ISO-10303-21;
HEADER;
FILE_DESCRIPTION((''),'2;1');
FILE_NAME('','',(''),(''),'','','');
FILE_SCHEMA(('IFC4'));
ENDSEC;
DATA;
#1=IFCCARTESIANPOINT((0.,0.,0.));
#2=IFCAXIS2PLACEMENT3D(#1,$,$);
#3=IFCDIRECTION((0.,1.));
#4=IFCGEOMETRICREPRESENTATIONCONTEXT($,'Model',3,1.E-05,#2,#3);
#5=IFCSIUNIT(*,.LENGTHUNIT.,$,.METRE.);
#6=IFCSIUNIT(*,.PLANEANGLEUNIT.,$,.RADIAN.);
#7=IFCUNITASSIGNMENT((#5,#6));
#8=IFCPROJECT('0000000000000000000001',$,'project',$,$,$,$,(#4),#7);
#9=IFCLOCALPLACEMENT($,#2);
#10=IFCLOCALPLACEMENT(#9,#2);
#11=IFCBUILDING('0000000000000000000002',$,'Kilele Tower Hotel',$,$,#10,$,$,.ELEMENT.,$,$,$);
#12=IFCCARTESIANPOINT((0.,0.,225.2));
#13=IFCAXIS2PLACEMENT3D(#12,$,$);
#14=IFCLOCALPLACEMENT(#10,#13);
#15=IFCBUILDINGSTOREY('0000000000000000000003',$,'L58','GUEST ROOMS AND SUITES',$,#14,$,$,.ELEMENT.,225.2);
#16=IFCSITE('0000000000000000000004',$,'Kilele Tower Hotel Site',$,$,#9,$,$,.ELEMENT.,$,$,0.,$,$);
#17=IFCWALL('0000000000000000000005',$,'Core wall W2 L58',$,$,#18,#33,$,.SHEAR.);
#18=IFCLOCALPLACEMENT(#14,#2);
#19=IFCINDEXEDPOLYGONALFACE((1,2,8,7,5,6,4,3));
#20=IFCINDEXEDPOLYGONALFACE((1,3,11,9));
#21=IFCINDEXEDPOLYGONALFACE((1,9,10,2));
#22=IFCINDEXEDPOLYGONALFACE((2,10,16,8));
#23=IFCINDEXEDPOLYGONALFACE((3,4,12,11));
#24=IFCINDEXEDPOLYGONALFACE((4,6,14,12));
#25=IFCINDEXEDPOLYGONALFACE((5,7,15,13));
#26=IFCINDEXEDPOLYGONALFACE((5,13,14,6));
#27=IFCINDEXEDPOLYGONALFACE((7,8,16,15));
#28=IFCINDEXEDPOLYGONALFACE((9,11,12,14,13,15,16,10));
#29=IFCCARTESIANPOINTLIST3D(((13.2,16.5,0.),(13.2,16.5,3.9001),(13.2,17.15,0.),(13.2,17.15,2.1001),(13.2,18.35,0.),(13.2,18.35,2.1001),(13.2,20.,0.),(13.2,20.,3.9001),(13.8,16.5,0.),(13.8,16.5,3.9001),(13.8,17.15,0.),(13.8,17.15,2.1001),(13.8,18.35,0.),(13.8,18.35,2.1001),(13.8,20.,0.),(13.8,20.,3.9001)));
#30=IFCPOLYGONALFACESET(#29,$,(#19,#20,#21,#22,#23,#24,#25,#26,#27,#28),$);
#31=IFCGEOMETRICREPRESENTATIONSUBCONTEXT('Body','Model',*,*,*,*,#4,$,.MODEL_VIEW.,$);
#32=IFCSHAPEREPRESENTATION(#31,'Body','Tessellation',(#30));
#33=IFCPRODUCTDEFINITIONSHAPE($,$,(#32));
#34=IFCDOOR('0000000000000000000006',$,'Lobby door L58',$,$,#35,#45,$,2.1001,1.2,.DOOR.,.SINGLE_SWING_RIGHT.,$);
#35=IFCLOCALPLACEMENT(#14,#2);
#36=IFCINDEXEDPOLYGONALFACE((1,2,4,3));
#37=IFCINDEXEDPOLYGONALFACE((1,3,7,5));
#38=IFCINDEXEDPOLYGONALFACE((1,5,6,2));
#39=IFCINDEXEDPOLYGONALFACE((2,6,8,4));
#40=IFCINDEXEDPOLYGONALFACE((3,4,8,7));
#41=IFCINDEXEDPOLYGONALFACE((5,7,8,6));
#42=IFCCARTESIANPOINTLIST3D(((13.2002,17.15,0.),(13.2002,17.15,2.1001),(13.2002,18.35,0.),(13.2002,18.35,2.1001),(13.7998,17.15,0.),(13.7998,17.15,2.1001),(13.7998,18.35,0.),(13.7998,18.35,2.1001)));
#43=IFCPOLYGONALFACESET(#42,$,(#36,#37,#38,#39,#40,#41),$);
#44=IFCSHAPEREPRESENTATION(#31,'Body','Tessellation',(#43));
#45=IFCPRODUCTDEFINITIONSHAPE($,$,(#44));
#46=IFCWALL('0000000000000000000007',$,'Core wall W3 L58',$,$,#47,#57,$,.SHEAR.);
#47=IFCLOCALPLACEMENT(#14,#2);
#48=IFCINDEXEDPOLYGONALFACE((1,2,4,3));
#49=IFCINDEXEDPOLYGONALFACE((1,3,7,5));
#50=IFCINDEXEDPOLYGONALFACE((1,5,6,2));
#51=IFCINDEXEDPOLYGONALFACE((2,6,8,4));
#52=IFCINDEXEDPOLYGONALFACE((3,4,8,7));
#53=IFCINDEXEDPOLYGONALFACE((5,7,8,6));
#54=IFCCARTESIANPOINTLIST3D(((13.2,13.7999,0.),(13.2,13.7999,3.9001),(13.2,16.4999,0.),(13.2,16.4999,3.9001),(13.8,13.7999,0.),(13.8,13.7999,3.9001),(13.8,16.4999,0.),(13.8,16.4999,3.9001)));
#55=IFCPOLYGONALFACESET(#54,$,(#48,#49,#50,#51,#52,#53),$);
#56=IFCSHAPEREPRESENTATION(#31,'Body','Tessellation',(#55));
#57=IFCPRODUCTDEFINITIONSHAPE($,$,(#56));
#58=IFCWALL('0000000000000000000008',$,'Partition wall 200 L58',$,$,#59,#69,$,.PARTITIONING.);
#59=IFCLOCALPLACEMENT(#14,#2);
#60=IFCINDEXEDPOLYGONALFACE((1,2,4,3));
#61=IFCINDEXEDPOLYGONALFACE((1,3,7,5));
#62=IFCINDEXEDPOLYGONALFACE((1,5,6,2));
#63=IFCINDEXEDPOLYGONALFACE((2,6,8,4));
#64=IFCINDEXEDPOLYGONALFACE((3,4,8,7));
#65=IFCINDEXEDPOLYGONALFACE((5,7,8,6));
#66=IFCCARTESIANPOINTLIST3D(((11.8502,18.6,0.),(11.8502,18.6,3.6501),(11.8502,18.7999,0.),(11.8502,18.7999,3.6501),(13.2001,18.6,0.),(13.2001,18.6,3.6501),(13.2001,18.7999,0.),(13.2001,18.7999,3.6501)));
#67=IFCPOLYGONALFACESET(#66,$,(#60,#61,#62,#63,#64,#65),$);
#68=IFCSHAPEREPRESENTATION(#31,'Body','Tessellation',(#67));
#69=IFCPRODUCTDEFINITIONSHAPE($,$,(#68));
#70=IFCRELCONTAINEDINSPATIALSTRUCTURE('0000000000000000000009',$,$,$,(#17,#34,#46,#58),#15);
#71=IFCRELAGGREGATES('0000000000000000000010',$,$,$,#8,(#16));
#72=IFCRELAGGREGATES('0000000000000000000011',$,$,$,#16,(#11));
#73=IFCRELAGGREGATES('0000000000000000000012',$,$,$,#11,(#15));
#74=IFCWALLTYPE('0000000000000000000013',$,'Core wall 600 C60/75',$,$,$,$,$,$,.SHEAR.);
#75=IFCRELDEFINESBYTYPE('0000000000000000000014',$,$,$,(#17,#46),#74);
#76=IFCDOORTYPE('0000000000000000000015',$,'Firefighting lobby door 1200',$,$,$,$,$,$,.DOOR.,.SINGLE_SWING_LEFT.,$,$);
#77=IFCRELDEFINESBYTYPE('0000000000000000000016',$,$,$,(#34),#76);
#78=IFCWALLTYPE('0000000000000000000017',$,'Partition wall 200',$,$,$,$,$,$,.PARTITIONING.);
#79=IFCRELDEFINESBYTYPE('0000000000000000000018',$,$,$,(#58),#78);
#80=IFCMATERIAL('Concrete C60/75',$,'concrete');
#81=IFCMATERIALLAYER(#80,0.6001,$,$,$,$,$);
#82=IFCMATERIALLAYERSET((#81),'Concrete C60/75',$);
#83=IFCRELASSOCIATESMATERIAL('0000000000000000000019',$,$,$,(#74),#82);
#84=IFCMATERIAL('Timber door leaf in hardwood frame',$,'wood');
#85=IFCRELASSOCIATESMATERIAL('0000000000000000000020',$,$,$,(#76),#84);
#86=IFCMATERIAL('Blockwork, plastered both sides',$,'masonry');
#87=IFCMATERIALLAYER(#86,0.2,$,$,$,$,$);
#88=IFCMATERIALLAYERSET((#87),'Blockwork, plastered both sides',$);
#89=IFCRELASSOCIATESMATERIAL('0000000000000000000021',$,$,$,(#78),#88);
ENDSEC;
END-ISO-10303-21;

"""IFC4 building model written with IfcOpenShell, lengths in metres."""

from ifc_helpers import new_model, si_unit, direction, frame, frame_2d, origin, place, context, subcontext, project, spatial, rectangle, extrude, material, layer, layer_set, type_object, element, fill, save


model = new_model("IFC4")

# Units and contexts
model_context = context("Model", 3, precision=1e-05, world=origin(), true_north=direction((0.0, 1.0)))
body_context = subcontext(model_context, "Body", "Model", "MODEL_VIEW")
ifc_project = project(units=[si_unit("LENGTHUNIT", "METRE"), si_unit("PLANEANGLEUNIT", "RADIAN")], contexts=[model_context])

# Site, building, storey
site_placement = place(None, origin())
site = spatial("IfcSite", under=ifc_project, at=site_placement, Name="Kilele Tower Hotel Site", CompositionType="ELEMENT", RefElevation=0.0)
building_placement = place(site_placement, origin())
building = spatial("IfcBuilding", under=site, at=building_placement, Name="Kilele Tower Hotel", CompositionType="ELEMENT")
storey_placement = place(building_placement, frame((0.0, 0.0, 225.2)))
storey = spatial("IfcBuildingStorey", under=building, at=storey_placement, Name="L58", Description="GUEST ROOMS AND SUITES", CompositionType="ELEMENT", Elevation=225.2)

# Shared definitions
ifc_material_1 = material(Name="Concrete C60/75", Category="concrete")
ifc_layer_1 = layer(ifc_material_1, 0.6001)
ifc_layer_set_1 = layer_set([ifc_layer_1], Name="Concrete C60/75")
wall_type_1 = type_object("IfcWallType", Name="Core wall 600 C60/75", PredefinedType="SHEAR", material=ifc_layer_set_1)
ifc_material_2 = material(Name="Timber door leaf in hardwood frame", Category="wood")
door_type_1 = type_object("IfcDoorType", Name="Firefighting lobby door 1200", OperationType="SINGLE_SWING_LEFT", PredefinedType="DOOR", material=ifc_material_2)

# Wall, opening, door
wall_1_placement = place(storey_placement, frame((13.5, 20.0, 0.0), z_axis=(0.0, 0.0, 1.0), x_axis=(0.0, -1.0, 0.0)))
wall_1 = element("IfcWall", 1, at=wall_1_placement, inside=storey, type_object=wall_type_1, Name="Core wall W2 L58", PredefinedType="SHEAR", context=body_context, shape_type="SweptSolid", body=[
    extrude(rectangle(XDim=3.5, YDim=0.6001, at=frame_2d((1.75, 0.0))), origin(), (0.0, 0.0, 1.0), 3.9001),
])
opening_1_placement = place(wall_1_placement, frame((1.6499, 0.0, 0.0)))
opening_1 = element("IfcOpeningElement", 2, at=opening_1_placement, cuts=wall_1, PredefinedType="OPENING", context=body_context, shape_type="SweptSolid", body=[
    extrude(rectangle(XDim=1.2, YDim=2.1001, at=frame_2d((0.6001, 1.05))), frame((0.0, 0.3101, 0.0), z_axis=(0.0, -1.0, 0.0), x_axis=(1.0, 0.0, 0.0)), (0.0, 0.0, 1.0), 0.6201),
])
door_1_placement = place(opening_1_placement, origin())
door_1 = element("IfcDoor", 3, at=door_1_placement, inside=storey, type_object=door_type_1, Name="Lobby door L58", OperationType="SINGLE_SWING_RIGHT", OverallHeight=2.1001, OverallWidth=1.2, PredefinedType="DOOR", context=body_context, shape_type="SweptSolid", body=[
    extrude(rectangle(XDim=1.2, YDim=2.1001, at=frame_2d((0.6001, 1.05))), frame((0.0, 0.2998, 0.0), z_axis=(0.0, -1.0, 0.0), x_axis=(1.0, 0.0, 0.0)), (0.0, 0.0, 1.0), 0.5996),
])
fill(opening_1, door_1)

# Walls
wall_2_placement = place(storey_placement, frame((13.5, 16.5, 0.0), z_axis=(0.0, 0.0, 1.0), x_axis=(0.0, -1.0, 0.0)))
element("IfcWall", 4, at=wall_2_placement, inside=storey, type_object=wall_type_1, Name="Core wall W3 L58", PredefinedType="SHEAR", context=body_context, shape_type="SweptSolid", body=[
    extrude(rectangle(XDim=2.7, YDim=0.6001, at=frame_2d((1.3501, 0.0))), origin(), (0.0, 0.0, 1.0), 3.9001),
])
ifc_material_3 = material(Name="Blockwork, plastered both sides", Category="masonry")
ifc_layer_2 = layer(ifc_material_3, 0.2)
ifc_layer_set_2 = layer_set([ifc_layer_2], Name="Blockwork, plastered both sides")
wall_type_2 = type_object("IfcWallType", Name="Partition wall 200", PredefinedType="PARTITIONING", material=ifc_layer_set_2)
wall_3_placement = place(storey_placement, frame((13.2, 18.7, 0.0), z_axis=(0.0, 0.0, 1.0), x_axis=(-1.0, 0.0, 0.0)))
element("IfcWall", 5, at=wall_3_placement, inside=storey, type_object=wall_type_2, Name="Partition wall 200 L58", PredefinedType="PARTITIONING", context=body_context, shape_type="SweptSolid", body=[
    extrude(rectangle(XDim=1.3499, YDim=0.2, at=frame_2d((0.6748, 0.0))), origin(), (0.0, 0.0, 1.0), 3.6501),
])

save(model, "model.ifc")
